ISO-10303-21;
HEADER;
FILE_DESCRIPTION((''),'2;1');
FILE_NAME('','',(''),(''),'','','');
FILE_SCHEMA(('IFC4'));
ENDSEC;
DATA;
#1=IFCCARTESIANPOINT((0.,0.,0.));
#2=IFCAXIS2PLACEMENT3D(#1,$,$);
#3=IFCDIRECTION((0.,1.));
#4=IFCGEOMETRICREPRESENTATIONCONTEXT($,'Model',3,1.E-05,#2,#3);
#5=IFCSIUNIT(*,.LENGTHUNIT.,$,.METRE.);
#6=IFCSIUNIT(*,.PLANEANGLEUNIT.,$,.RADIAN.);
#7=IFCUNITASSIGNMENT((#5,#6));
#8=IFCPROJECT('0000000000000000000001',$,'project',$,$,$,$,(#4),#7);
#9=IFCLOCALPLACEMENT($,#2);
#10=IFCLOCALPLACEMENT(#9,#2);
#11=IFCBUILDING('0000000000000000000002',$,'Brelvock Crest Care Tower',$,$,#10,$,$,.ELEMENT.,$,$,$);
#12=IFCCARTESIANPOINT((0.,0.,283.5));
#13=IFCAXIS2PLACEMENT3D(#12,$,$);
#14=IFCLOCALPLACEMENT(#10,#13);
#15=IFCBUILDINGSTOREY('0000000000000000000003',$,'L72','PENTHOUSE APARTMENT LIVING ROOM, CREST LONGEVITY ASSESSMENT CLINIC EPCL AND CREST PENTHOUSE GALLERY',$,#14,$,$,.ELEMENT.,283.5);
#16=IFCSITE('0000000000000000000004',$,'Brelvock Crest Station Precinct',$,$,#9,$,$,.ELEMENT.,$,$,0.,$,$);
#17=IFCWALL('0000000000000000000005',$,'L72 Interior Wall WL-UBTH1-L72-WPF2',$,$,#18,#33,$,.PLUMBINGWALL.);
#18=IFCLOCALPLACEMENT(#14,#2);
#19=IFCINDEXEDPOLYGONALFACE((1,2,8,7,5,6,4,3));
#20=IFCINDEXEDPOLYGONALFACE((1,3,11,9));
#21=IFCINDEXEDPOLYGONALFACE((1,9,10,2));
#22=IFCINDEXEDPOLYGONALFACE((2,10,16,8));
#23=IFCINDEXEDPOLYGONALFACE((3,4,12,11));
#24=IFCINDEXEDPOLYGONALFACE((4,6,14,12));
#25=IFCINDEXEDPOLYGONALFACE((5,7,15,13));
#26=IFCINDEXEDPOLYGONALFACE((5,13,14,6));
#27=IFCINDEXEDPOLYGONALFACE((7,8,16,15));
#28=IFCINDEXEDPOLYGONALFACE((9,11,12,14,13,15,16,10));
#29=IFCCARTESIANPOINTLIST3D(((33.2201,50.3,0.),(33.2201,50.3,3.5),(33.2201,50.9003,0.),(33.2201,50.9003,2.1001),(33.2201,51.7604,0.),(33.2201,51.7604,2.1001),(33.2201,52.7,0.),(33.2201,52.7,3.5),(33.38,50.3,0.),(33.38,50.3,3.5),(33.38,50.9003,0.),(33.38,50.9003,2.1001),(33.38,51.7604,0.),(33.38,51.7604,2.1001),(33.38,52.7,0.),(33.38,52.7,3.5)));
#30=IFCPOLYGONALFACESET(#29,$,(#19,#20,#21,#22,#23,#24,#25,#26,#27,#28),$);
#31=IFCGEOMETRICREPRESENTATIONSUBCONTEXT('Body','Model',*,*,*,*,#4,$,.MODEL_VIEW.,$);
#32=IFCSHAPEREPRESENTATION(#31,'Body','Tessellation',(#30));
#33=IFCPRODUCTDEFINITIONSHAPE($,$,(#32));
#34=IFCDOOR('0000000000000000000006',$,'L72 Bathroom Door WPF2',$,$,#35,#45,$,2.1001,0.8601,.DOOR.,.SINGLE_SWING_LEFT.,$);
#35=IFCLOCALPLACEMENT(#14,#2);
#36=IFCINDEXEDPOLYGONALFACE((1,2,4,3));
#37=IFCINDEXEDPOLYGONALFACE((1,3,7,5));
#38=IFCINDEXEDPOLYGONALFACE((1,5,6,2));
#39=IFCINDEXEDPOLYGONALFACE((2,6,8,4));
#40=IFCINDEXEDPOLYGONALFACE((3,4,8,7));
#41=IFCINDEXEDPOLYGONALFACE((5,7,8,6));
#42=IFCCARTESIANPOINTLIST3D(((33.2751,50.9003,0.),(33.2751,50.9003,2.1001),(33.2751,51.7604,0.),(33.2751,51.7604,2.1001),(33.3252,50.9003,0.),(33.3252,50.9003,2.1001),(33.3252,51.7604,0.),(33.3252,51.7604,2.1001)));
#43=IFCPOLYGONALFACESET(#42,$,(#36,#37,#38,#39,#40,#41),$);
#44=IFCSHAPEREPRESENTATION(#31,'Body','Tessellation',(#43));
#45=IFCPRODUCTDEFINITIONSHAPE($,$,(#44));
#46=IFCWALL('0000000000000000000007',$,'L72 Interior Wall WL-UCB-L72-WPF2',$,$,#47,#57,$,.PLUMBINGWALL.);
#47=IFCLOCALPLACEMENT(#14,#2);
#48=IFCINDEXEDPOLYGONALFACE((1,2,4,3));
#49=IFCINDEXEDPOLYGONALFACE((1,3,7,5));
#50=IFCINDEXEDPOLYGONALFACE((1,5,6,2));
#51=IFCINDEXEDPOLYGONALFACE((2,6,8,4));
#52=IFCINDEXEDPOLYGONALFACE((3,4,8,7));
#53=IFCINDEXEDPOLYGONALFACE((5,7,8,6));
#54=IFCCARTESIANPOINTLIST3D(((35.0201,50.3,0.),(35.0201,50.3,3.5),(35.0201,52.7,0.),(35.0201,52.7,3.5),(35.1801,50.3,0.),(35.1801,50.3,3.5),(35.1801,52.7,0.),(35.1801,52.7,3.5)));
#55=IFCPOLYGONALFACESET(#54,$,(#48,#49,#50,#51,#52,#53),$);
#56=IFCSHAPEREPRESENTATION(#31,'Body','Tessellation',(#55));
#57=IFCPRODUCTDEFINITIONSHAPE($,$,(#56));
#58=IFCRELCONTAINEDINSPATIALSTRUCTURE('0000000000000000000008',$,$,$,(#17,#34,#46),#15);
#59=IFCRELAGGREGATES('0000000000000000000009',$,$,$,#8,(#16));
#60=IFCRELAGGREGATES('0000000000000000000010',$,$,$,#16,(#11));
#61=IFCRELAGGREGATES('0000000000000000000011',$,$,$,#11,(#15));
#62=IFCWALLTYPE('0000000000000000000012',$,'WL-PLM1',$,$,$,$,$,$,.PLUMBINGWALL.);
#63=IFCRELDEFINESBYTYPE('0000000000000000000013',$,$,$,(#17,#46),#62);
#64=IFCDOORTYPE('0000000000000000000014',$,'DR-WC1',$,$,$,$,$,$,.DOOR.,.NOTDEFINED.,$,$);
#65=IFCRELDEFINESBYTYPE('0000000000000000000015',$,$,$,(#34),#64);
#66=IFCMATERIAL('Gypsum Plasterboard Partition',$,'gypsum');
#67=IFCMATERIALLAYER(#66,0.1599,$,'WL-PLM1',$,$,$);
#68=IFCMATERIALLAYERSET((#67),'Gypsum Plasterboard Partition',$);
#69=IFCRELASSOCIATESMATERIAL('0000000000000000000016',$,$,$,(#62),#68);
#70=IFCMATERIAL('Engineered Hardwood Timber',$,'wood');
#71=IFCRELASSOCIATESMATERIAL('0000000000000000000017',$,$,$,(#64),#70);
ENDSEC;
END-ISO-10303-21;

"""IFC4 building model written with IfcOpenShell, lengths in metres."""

from ifc_helpers import new_model, si_unit, direction, frame, frame_2d, origin, origin_2d, place, context, subcontext, project, spatial, rectangle, extrude, source, transform, mapped, material, layer, layer_set, type_object, element, fill, save


model = new_model("IFC4")

# Units and contexts
model_context = context("Model", 3, precision=1e-05, world=origin(), true_north=direction((0.0, 1.0)))
body_context = subcontext(model_context, "Body", "Model", "MODEL_VIEW")
ifc_project = project(units=[si_unit("LENGTHUNIT", "METRE"), si_unit("PLANEANGLEUNIT", "RADIAN")], contexts=[model_context])

# Site, building, storey
site_placement = place(None, origin())
site = spatial("IfcSite", under=ifc_project, at=site_placement, Name="Brelvock Crest Station Precinct", CompositionType="ELEMENT", RefElevation=0.0)
building_placement = place(site_placement, origin())
building = spatial("IfcBuilding", under=site, at=building_placement, Name="Brelvock Crest Care Tower", CompositionType="ELEMENT")
storey_placement = place(building_placement, frame((0.0, 0.0, 283.5)))
storey = spatial("IfcBuildingStorey", under=building, at=storey_placement, Name="L72", Description="PENTHOUSE APARTMENT LIVING ROOM, CREST LONGEVITY ASSESSMENT CLINIC EPCL AND CREST PENTHOUSE GALLERY", CompositionType="ELEMENT", Elevation=283.5)

# Shared definitions
ifc_material_1 = material(Name="Engineered Hardwood Timber", Category="wood")

# Shared definitions
ifc_material_2 = material(Name="Gypsum Plasterboard Partition", Category="gypsum")

# Shared definitions
ifc_layer_1 = layer(ifc_material_2, 0.1599, Name="WL-PLM1")
ifc_layer_set_1 = layer_set([ifc_layer_1], Name="Gypsum Plasterboard Partition")
wall_type_1 = type_object("IfcWallType", Name="WL-PLM1", PredefinedType="PLUMBINGWALL", material=ifc_layer_set_1)

# Wall, opening, door
wall_1_placement = place(storey_placement, frame((33.3, 50.3, 0.0), z_axis=(0.0, 0.0, 1.0), x_axis=(0.0, 1.0, 0.0)))
wall_1 = element("IfcWall", 1, at=wall_1_placement, inside=storey, type_object=wall_type_1, Name="L72 Interior Wall WL-UBTH1-L72-WPF2", PredefinedType="PLUMBINGWALL", context=body_context, shape_type="SweptSolid", body=[
    extrude(rectangle(XDim=2.3999, YDim=0.1599, at=frame_2d((1.2, 0.0))), origin(), (0.0, 0.0, 1.0), 3.5),
])
opening_1_placement = place(wall_1_placement, frame((0.6001, 0.0, 0.0)))
opening_1 = element("IfcOpeningElement", 2, at=opening_1_placement, cuts=wall_1, PredefinedType="OPENING", context=body_context, shape_type="SweptSolid", body=[
    extrude(rectangle(XDim=0.8601, YDim=2.1001, at=origin_2d()), frame((0.4302, 0.0898, 1.05), z_axis=(0.0, -1.0, 0.0), x_axis=(1.0, 0.0, 0.0)), (0.0, 0.0, 1.0), 0.1799),
])
door_type_1 = type_object("IfcDoorType", Name="DR-WC1", OperationType="NOTDEFINED", PredefinedType="DOOR", material=ifc_material_1)
shared_shape_1 = source(origin(), body_context, "Body", "SweptSolid", [
    extrude(rectangle(XDim=0.8601, YDim=2.1001, at=origin_2d()), frame((0.4302, 0.0249, 1.05), z_axis=(0.0, -1.0, 0.0), x_axis=(1.0, 0.0, 0.0)), (0.0, 0.0, 1.0), 0.05),
])
door_1_placement = place(opening_1_placement, origin())
door_1 = element("IfcDoor", 3, at=door_1_placement, inside=storey, type_object=door_type_1, Name="L72 Bathroom Door WPF2", OperationType="SINGLE_SWING_LEFT", OverallHeight=2.1001, OverallWidth=0.8601, PredefinedType="DOOR", context=body_context, shape_type="MappedRepresentation", body=[
    mapped(shared_shape_1, transform((0.0, 0.0, 0.0), x_axis=(1.0, 0.0, 0.0), y_axis=(0.0, 1.0, 0.0), z_axis=(0.0, 0.0, 1.0), scale=1.0)),
])
fill(opening_1, door_1)

# Wall
wall_2_placement = place(storey_placement, frame((35.1001, 50.3, 0.0), z_axis=(0.0, 0.0, 1.0), x_axis=(0.0, 1.0, 0.0)))
element("IfcWall", 4, at=wall_2_placement, inside=storey, type_object=wall_type_1, Name="L72 Interior Wall WL-UCB-L72-WPF2", PredefinedType="PLUMBINGWALL", context=body_context, shape_type="SweptSolid", body=[
    extrude(rectangle(XDim=2.3999, YDim=0.1599, at=frame_2d((1.2, 0.0))), origin(), (0.0, 0.0, 1.0), 3.5),
])

save(model, "model.ifc")
